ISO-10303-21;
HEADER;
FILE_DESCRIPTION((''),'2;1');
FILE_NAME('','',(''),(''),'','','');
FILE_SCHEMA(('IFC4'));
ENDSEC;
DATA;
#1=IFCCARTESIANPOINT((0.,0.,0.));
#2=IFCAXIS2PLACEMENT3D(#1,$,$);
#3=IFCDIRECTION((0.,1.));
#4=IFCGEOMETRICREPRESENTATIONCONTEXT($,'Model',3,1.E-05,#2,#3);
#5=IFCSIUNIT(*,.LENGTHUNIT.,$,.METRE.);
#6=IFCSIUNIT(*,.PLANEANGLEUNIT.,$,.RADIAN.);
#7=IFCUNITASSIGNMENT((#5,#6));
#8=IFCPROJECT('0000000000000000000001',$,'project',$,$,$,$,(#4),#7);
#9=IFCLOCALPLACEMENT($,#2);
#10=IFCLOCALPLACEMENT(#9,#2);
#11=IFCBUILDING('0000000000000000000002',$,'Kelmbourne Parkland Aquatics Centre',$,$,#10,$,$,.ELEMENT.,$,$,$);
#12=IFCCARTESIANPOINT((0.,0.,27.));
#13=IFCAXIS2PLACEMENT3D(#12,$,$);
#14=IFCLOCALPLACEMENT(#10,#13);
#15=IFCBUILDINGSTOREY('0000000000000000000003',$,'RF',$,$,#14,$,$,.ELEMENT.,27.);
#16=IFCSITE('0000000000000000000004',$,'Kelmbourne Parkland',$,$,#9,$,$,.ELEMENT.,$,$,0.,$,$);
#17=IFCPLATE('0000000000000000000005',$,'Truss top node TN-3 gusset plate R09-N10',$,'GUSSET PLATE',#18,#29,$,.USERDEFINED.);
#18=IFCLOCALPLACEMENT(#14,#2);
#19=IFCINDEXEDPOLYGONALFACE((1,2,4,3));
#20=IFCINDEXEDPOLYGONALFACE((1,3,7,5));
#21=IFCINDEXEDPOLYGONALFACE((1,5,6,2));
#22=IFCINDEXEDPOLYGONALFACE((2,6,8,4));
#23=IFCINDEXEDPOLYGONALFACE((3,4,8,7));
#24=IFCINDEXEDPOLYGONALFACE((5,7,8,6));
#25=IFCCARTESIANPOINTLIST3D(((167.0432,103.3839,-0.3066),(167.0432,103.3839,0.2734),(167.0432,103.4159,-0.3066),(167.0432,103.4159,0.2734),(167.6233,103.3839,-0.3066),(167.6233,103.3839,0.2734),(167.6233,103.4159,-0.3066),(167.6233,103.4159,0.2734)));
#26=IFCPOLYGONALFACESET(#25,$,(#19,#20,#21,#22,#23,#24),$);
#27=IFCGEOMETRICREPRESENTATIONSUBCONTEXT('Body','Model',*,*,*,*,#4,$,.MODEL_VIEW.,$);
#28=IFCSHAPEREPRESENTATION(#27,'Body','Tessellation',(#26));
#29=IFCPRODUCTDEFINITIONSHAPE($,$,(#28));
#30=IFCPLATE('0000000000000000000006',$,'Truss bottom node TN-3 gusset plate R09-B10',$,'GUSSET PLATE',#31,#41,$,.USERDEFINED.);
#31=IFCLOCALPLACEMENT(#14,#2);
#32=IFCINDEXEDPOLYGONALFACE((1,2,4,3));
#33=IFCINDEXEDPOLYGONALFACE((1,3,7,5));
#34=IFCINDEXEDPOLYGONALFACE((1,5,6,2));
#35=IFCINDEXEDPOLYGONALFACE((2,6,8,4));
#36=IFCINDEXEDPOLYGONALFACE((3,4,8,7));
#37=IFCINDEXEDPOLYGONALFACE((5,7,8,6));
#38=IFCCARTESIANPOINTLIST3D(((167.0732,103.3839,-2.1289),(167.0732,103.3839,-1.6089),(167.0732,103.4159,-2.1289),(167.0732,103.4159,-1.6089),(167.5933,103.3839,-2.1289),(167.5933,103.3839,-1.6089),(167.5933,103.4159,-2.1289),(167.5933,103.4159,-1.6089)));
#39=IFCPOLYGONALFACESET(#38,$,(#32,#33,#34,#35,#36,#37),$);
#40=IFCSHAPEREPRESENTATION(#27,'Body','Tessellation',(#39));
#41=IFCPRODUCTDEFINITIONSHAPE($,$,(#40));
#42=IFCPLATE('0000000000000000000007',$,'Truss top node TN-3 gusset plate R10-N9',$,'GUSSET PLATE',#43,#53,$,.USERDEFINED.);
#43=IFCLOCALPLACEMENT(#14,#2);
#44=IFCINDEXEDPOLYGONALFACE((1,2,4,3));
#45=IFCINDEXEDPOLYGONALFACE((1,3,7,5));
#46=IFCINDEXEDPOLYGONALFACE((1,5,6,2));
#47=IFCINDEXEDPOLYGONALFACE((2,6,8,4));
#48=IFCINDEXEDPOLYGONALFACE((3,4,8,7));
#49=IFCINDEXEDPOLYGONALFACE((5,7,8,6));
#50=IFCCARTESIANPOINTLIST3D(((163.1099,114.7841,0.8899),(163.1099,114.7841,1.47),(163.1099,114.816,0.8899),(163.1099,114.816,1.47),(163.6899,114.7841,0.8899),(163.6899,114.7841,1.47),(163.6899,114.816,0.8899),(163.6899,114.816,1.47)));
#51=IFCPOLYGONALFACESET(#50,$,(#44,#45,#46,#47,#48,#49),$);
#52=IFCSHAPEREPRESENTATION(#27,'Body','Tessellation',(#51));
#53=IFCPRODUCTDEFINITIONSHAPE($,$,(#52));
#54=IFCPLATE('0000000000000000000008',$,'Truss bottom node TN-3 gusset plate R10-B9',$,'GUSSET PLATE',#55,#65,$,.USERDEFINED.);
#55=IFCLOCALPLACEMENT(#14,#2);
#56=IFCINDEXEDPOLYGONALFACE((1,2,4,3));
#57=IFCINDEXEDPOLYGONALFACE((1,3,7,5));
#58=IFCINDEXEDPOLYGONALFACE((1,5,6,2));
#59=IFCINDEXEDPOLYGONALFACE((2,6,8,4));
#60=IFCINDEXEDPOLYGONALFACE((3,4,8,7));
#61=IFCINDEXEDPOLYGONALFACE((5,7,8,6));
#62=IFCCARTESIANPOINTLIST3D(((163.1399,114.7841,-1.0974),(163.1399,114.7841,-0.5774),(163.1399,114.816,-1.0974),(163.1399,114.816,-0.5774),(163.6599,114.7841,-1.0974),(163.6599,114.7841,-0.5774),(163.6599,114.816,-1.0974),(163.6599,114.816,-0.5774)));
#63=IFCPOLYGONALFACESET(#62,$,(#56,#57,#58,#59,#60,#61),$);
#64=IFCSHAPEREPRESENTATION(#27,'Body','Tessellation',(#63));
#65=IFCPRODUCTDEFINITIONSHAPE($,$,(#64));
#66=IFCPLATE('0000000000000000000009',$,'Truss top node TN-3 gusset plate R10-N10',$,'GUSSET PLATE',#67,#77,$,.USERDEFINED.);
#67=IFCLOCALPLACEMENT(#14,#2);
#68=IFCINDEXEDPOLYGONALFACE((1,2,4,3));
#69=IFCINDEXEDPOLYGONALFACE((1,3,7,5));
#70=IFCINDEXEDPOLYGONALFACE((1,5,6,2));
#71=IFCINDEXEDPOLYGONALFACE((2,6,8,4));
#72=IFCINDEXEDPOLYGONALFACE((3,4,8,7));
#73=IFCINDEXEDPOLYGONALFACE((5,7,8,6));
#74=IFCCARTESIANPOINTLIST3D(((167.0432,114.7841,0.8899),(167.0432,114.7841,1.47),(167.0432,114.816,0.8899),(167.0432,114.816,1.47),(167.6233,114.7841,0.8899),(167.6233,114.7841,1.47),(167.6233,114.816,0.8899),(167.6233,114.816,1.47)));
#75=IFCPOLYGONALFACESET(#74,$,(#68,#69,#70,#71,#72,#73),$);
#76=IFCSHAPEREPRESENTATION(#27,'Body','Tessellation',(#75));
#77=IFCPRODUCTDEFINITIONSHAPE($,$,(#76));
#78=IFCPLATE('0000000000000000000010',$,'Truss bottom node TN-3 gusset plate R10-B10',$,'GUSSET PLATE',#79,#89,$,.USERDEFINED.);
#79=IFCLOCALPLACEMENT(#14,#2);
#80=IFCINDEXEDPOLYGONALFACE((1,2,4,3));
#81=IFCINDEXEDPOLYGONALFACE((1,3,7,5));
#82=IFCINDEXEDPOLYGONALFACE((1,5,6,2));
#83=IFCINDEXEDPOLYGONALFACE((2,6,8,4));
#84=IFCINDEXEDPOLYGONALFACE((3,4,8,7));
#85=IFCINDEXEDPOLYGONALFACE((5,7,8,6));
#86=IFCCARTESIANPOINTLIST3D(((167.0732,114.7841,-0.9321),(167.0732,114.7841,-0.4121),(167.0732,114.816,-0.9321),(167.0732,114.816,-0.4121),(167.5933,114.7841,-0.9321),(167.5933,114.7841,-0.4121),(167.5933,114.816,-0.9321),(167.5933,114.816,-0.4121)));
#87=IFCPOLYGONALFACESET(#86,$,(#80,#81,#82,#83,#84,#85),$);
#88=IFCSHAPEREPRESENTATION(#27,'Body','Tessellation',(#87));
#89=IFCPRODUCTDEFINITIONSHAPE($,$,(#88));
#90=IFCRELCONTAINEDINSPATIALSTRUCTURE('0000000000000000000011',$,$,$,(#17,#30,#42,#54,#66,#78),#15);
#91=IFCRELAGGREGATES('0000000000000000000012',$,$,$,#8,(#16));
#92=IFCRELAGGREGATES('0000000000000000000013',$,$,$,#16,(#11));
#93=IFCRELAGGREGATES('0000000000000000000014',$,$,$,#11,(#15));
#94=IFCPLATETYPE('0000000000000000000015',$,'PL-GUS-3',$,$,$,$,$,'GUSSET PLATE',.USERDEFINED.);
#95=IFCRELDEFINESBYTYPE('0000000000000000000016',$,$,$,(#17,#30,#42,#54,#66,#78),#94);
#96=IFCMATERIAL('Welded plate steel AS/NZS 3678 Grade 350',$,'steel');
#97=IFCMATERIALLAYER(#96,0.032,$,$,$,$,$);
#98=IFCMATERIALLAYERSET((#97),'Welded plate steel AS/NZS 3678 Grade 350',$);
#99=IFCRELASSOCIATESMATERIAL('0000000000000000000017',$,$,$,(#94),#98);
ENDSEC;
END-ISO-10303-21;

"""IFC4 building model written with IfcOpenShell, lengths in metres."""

from ifc_helpers import new_model, si_unit, direction, frame, origin, origin_2d, place, context, subcontext, project, spatial, rectangle, extrude, material, layer, layer_set, type_object, element, save


model = new_model("IFC4")

# Units and contexts
model_context = context("Model", 3, precision=1e-05, world=origin(), true_north=direction((0.0, 1.0)))
body_context = subcontext(model_context, "Body", "Model", "MODEL_VIEW")
ifc_project = project(units=[si_unit("LENGTHUNIT", "METRE"), si_unit("PLANEANGLEUNIT", "RADIAN")], contexts=[model_context])

# Site, building, storey
site_placement = place(None, origin())
site = spatial("IfcSite", under=ifc_project, at=site_placement, Name="Kelmbourne Parkland", CompositionType="ELEMENT", RefElevation=0.0)
building_placement = place(site_placement, origin())
building = spatial("IfcBuilding", under=site, at=building_placement, Name="Kelmbourne Parkland Aquatics Centre", CompositionType="ELEMENT")
storey_placement = place(building_placement, frame((0.0, 0.0, 27.0)))
storey = spatial("IfcBuildingStorey", under=building, at=storey_placement, Name="RF", CompositionType="ELEMENT", Elevation=27.0)

# Shared definitions
ifc_material_1 = material(Name="Welded plate steel AS/NZS 3678 Grade 350", Category="steel")

# Plates
ifc_layer_1 = layer(ifc_material_1, 0.032)
ifc_layer_set_1 = layer_set([ifc_layer_1], Name="Welded plate steel AS/NZS 3678 Grade 350")
plate_type_1 = type_object("IfcPlateType", Name="PL-GUS-3", ElementType="GUSSET PLATE", PredefinedType="USERDEFINED", material=ifc_layer_set_1)
plate_1_placement = place(storey_placement, frame((167.3333, 103.3999, -0.3066), z_axis=(0.0, 0.0, 1.0), x_axis=(1.0, 0.0, 0.0)))
element("IfcPlate", 1, at=plate_1_placement, inside=storey, type_object=plate_type_1, Name="Truss top node TN-3 gusset plate R09-N10", ObjectType="GUSSET PLATE", PredefinedType="USERDEFINED", context=body_context, shape_type="SweptSolid", body=[
    extrude(rectangle(XDim=0.5801, YDim=0.032, at=origin_2d()), origin(), (0.0, 0.0, 1.0), 0.5801),
])
plate_2_placement = place(storey_placement, frame((167.3333, 103.3999, -2.1289), z_axis=(0.0, 0.0, 1.0), x_axis=(1.0, 0.0, 0.0)))
element("IfcPlate", 2, at=plate_2_placement, inside=storey, type_object=plate_type_1, Name="Truss bottom node TN-3 gusset plate R09-B10", ObjectType="GUSSET PLATE", PredefinedType="USERDEFINED", context=body_context, shape_type="SweptSolid", body=[
    extrude(rectangle(XDim=0.52, YDim=0.032, at=origin_2d()), origin(), (0.0, 0.0, 1.0), 0.52),
])
plate_3_placement = place(storey_placement, frame((163.3999, 114.8, 0.8899), z_axis=(0.0, 0.0, 1.0), x_axis=(1.0, 0.0, 0.0)))
element("IfcPlate", 3, at=plate_3_placement, inside=storey, type_object=plate_type_1, Name="Truss top node TN-3 gusset plate R10-N9", ObjectType="GUSSET PLATE", PredefinedType="USERDEFINED", context=body_context, shape_type="SweptSolid", body=[
    extrude(rectangle(XDim=0.5801, YDim=0.032, at=origin_2d()), origin(), (0.0, 0.0, 1.0), 0.5801),
])
plate_4_placement = place(storey_placement, frame((163.3999, 114.8, -1.0974), z_axis=(0.0, 0.0, 1.0), x_axis=(1.0, 0.0, 0.0)))
element("IfcPlate", 4, at=plate_4_placement, inside=storey, type_object=plate_type_1, Name="Truss bottom node TN-3 gusset plate R10-B9", ObjectType="GUSSET PLATE", PredefinedType="USERDEFINED", context=body_context, shape_type="SweptSolid", body=[
    extrude(rectangle(XDim=0.52, YDim=0.032, at=origin_2d()), origin(), (0.0, 0.0, 1.0), 0.52),
])
plate_5_placement = place(storey_placement, frame((167.3333, 114.8, 0.8899), z_axis=(0.0, 0.0, 1.0), x_axis=(1.0, 0.0, 0.0)))
element("IfcPlate", 5, at=plate_5_placement, inside=storey, type_object=plate_type_1, Name="Truss top node TN-3 gusset plate R10-N10", ObjectType="GUSSET PLATE", PredefinedType="USERDEFINED", context=body_context, shape_type="SweptSolid", body=[
    extrude(rectangle(XDim=0.5801, YDim=0.032, at=origin_2d()), origin(), (0.0, 0.0, 1.0), 0.5801),
])
plate_6_placement = place(storey_placement, frame((167.3333, 114.8, -0.9321), z_axis=(0.0, 0.0, 1.0), x_axis=(1.0, 0.0, 0.0)))
element("IfcPlate", 6, at=plate_6_placement, inside=storey, type_object=plate_type_1, Name="Truss bottom node TN-3 gusset plate R10-B10", ObjectType="GUSSET PLATE", PredefinedType="USERDEFINED", context=body_context, shape_type="SweptSolid", body=[
    extrude(rectangle(XDim=0.52, YDim=0.032, at=origin_2d()), origin(), (0.0, 0.0, 1.0), 0.52),
])

save(model, "model.ifc")
